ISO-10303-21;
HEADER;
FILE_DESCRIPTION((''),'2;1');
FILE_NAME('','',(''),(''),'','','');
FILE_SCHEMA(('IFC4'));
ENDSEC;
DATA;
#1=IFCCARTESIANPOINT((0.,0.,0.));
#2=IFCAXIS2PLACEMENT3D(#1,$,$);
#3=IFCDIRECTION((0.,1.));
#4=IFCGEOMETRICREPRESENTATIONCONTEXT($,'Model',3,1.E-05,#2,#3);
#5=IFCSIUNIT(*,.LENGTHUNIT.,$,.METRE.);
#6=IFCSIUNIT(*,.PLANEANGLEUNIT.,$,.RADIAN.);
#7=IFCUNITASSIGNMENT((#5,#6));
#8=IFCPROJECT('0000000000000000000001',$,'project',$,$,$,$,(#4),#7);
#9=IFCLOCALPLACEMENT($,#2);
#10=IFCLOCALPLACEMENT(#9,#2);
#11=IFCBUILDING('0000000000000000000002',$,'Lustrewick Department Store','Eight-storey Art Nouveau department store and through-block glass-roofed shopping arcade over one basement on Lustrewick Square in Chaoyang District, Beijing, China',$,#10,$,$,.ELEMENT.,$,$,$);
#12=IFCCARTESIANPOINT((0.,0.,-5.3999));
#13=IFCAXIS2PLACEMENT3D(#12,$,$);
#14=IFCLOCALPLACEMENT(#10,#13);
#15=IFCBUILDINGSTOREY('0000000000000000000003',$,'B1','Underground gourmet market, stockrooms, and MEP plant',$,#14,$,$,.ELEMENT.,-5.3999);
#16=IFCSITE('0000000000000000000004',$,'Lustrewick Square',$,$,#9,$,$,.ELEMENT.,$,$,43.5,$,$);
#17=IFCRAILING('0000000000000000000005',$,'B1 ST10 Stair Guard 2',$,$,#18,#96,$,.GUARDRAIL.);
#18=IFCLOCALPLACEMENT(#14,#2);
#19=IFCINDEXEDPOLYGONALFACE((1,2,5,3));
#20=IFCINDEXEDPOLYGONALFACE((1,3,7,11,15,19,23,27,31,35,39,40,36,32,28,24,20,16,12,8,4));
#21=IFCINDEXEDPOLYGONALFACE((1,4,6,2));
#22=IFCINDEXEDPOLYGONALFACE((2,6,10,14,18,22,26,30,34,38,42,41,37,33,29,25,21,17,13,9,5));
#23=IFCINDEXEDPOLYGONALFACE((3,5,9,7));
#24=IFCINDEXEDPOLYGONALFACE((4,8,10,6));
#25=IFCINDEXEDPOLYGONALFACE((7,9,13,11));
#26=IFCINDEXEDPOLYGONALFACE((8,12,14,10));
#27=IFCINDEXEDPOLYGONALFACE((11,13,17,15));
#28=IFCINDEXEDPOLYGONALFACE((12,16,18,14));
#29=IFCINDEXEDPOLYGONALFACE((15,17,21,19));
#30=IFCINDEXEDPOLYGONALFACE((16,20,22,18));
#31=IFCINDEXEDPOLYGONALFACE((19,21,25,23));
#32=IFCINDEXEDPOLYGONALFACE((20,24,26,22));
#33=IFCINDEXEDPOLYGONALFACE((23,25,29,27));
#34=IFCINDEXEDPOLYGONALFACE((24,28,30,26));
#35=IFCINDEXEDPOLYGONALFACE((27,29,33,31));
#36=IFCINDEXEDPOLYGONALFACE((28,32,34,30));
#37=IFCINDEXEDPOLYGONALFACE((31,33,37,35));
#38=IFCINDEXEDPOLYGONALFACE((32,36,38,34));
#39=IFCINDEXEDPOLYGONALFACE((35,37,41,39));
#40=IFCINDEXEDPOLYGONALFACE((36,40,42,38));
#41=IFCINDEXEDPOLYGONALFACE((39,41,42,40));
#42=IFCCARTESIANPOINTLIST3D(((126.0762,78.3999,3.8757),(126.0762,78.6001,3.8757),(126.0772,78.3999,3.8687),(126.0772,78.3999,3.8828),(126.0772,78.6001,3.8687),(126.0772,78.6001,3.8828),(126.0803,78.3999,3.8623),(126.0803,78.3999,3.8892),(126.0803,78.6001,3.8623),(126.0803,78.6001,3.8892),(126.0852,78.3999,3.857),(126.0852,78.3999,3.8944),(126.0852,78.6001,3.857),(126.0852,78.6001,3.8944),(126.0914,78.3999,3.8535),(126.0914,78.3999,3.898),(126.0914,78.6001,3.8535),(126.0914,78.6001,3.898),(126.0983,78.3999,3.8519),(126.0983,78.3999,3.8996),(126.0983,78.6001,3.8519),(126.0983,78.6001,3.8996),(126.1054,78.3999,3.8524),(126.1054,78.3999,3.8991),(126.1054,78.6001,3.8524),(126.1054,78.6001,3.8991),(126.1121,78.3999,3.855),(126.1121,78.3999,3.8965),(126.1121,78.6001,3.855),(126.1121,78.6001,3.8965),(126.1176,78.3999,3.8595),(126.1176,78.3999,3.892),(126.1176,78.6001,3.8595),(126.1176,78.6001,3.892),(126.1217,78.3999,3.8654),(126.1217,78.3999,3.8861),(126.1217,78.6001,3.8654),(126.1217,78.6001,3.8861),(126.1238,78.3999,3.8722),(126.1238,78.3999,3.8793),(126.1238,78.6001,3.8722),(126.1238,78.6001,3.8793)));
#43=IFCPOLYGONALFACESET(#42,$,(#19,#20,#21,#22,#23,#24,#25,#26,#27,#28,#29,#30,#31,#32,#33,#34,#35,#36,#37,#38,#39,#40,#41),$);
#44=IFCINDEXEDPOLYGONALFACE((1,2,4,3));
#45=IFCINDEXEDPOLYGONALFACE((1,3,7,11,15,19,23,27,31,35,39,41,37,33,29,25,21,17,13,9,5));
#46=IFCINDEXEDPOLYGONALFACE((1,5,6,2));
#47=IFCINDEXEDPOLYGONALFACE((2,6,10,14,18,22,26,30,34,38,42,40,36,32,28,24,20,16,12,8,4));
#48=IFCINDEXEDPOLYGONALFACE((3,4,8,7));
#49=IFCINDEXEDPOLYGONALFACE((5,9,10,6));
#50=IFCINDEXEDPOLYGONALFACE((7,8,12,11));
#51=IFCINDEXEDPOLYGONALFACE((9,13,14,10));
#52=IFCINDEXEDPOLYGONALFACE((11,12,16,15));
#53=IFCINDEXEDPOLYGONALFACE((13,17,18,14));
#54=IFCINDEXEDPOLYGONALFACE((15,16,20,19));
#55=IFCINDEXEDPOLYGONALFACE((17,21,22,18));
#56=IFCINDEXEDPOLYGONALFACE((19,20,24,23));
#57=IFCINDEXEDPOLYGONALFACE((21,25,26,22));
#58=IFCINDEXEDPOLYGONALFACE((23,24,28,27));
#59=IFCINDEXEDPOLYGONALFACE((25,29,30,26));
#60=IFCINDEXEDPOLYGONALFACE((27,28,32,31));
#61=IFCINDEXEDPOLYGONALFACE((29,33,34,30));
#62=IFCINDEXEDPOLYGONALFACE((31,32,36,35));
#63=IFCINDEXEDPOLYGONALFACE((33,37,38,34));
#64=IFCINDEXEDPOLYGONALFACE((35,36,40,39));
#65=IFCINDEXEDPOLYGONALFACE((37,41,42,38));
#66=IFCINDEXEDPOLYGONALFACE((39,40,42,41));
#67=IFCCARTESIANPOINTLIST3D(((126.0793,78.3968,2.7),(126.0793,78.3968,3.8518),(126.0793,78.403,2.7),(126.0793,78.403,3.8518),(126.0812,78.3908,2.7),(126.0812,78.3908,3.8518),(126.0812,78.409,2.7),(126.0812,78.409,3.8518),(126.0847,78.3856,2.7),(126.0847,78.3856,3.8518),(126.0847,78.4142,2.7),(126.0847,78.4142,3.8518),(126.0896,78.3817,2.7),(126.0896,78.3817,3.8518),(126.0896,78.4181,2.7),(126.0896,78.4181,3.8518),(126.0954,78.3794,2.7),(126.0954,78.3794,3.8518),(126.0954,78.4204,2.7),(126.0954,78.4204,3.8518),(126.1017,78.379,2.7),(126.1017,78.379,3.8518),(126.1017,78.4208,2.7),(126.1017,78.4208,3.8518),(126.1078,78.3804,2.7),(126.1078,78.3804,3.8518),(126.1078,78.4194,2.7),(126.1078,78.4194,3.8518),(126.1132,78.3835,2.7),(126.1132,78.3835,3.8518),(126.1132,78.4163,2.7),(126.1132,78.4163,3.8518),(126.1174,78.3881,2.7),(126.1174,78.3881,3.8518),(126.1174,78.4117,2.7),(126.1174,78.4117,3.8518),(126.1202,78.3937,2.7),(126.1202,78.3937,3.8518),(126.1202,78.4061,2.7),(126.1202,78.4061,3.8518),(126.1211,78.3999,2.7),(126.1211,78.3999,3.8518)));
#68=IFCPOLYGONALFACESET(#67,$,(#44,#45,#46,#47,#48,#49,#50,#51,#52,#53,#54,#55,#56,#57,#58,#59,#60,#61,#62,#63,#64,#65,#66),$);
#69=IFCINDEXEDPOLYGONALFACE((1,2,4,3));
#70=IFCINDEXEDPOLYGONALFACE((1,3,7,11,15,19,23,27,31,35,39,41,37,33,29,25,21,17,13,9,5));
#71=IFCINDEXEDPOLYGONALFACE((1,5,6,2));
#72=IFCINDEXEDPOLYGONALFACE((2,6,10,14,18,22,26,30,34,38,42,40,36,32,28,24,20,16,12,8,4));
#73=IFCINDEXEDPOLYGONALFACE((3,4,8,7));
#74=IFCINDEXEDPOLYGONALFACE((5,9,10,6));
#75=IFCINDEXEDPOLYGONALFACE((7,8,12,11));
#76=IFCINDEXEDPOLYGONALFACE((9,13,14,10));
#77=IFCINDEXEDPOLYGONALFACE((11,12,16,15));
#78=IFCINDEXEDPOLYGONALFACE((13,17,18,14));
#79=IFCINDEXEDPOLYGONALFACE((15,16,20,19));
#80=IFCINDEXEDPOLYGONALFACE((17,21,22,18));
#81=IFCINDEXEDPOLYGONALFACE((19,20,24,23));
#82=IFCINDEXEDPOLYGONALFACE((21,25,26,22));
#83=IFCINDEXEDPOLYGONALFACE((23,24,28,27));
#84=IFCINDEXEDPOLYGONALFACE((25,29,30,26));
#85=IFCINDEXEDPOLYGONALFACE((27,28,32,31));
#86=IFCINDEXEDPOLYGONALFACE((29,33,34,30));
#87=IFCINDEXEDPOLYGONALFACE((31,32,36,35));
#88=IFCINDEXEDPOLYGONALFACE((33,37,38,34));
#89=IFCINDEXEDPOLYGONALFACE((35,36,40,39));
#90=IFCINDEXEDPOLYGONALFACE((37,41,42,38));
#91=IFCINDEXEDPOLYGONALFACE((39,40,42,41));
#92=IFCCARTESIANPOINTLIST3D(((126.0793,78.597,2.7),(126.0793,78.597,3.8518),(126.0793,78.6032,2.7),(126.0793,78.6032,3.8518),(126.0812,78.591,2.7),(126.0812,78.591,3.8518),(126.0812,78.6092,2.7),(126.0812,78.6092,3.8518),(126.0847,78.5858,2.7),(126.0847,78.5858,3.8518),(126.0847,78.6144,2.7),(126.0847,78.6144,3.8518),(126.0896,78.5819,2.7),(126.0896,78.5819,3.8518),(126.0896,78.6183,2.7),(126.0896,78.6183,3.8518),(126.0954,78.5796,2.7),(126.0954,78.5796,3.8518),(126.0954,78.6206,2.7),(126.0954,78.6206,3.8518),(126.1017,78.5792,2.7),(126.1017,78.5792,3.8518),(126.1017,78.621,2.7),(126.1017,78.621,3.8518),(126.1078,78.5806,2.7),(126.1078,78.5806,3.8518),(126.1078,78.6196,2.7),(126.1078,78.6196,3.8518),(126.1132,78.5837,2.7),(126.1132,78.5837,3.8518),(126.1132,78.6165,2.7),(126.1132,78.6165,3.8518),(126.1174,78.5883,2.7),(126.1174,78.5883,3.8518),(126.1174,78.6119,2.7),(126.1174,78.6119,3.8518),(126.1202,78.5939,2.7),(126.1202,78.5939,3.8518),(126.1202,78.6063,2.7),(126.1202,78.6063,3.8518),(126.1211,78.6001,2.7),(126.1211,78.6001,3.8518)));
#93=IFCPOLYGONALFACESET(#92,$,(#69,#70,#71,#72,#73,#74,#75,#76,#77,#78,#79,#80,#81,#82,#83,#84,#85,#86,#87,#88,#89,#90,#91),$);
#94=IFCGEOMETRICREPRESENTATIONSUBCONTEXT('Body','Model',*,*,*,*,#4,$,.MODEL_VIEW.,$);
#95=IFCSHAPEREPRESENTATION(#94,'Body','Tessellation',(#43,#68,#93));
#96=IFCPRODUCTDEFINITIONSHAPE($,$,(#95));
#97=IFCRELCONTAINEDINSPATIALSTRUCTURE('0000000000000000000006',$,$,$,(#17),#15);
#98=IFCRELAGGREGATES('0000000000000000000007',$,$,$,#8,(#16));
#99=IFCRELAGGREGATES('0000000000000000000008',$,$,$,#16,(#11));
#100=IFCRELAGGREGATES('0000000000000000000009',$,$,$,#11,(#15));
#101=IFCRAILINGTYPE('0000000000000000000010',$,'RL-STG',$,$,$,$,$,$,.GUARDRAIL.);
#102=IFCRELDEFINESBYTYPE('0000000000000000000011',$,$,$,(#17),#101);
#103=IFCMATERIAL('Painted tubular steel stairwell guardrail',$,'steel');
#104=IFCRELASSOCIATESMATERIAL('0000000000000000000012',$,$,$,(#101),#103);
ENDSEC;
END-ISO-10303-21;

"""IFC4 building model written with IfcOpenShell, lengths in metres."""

from ifc_helpers import new_model, si_unit, direction, frame, origin, origin_2d, place, context, subcontext, project, spatial, circle, extrude, material, type_object, element, save


model = new_model("IFC4")

# Units and contexts
model_context = context("Model", 3, precision=1e-05, world=origin(), true_north=direction((0.0, 1.0)))
body_context = subcontext(model_context, "Body", "Model", "MODEL_VIEW")
ifc_project = project(units=[si_unit("LENGTHUNIT", "METRE"), si_unit("PLANEANGLEUNIT", "RADIAN")], contexts=[model_context])

# Site, building, storey
site_placement = place(None, origin())
site = spatial("IfcSite", under=ifc_project, at=site_placement, Name="Lustrewick Square", CompositionType="ELEMENT", RefElevation=43.5)
building_placement = place(site_placement, origin())
building = spatial("IfcBuilding", under=site, at=building_placement, Name="Lustrewick Department Store", Description="Eight-storey Art Nouveau department store and through-block glass-roofed shopping arcade over one basement on Lustrewick Square in Chaoyang District, Beijing, China", CompositionType="ELEMENT")
storey_placement = place(building_placement, frame((0.0, 0.0, -5.3999)))
storey = spatial("IfcBuildingStorey", under=building, at=storey_placement, Name="B1", Description="Underground gourmet market, stockrooms, and MEP plant", CompositionType="ELEMENT", Elevation=-5.3999)

# Railing
ifc_material_1 = material(Name="Painted tubular steel stairwell guardrail", Category="steel")
railing_type_1 = type_object("IfcRailingType", Name="RL-STG", PredefinedType="GUARDRAIL", material=ifc_material_1)
railing_1_placement = place(storey_placement, frame((126.1001, 78.3999, 2.7)))
element("IfcRailing", 1, at=railing_1_placement, inside=storey, type_object=railing_type_1, Name="B1 ST10 Stair Guard 2", PredefinedType="GUARDRAIL", context=body_context, shape_type="SweptSolid", body=[
    extrude(circle(Radius=0.0239, at=origin_2d()), frame((0.0, 0.0, 1.1758), z_axis=(0.0, 1.0, 0.0), x_axis=(-1.0, 0.0, 0.0)), (0.0, 0.0, 1.0), 0.2002),
    extrude(circle(Radius=0.021, at=origin_2d()), origin(), (0.0, 0.0, 1.0), 1.1519),
    extrude(circle(Radius=0.021, at=origin_2d()), frame((0.0, 0.2002, 0.0)), (0.0, 0.0, 1.0), 1.1519),
])

save(model, "model.ifc")
